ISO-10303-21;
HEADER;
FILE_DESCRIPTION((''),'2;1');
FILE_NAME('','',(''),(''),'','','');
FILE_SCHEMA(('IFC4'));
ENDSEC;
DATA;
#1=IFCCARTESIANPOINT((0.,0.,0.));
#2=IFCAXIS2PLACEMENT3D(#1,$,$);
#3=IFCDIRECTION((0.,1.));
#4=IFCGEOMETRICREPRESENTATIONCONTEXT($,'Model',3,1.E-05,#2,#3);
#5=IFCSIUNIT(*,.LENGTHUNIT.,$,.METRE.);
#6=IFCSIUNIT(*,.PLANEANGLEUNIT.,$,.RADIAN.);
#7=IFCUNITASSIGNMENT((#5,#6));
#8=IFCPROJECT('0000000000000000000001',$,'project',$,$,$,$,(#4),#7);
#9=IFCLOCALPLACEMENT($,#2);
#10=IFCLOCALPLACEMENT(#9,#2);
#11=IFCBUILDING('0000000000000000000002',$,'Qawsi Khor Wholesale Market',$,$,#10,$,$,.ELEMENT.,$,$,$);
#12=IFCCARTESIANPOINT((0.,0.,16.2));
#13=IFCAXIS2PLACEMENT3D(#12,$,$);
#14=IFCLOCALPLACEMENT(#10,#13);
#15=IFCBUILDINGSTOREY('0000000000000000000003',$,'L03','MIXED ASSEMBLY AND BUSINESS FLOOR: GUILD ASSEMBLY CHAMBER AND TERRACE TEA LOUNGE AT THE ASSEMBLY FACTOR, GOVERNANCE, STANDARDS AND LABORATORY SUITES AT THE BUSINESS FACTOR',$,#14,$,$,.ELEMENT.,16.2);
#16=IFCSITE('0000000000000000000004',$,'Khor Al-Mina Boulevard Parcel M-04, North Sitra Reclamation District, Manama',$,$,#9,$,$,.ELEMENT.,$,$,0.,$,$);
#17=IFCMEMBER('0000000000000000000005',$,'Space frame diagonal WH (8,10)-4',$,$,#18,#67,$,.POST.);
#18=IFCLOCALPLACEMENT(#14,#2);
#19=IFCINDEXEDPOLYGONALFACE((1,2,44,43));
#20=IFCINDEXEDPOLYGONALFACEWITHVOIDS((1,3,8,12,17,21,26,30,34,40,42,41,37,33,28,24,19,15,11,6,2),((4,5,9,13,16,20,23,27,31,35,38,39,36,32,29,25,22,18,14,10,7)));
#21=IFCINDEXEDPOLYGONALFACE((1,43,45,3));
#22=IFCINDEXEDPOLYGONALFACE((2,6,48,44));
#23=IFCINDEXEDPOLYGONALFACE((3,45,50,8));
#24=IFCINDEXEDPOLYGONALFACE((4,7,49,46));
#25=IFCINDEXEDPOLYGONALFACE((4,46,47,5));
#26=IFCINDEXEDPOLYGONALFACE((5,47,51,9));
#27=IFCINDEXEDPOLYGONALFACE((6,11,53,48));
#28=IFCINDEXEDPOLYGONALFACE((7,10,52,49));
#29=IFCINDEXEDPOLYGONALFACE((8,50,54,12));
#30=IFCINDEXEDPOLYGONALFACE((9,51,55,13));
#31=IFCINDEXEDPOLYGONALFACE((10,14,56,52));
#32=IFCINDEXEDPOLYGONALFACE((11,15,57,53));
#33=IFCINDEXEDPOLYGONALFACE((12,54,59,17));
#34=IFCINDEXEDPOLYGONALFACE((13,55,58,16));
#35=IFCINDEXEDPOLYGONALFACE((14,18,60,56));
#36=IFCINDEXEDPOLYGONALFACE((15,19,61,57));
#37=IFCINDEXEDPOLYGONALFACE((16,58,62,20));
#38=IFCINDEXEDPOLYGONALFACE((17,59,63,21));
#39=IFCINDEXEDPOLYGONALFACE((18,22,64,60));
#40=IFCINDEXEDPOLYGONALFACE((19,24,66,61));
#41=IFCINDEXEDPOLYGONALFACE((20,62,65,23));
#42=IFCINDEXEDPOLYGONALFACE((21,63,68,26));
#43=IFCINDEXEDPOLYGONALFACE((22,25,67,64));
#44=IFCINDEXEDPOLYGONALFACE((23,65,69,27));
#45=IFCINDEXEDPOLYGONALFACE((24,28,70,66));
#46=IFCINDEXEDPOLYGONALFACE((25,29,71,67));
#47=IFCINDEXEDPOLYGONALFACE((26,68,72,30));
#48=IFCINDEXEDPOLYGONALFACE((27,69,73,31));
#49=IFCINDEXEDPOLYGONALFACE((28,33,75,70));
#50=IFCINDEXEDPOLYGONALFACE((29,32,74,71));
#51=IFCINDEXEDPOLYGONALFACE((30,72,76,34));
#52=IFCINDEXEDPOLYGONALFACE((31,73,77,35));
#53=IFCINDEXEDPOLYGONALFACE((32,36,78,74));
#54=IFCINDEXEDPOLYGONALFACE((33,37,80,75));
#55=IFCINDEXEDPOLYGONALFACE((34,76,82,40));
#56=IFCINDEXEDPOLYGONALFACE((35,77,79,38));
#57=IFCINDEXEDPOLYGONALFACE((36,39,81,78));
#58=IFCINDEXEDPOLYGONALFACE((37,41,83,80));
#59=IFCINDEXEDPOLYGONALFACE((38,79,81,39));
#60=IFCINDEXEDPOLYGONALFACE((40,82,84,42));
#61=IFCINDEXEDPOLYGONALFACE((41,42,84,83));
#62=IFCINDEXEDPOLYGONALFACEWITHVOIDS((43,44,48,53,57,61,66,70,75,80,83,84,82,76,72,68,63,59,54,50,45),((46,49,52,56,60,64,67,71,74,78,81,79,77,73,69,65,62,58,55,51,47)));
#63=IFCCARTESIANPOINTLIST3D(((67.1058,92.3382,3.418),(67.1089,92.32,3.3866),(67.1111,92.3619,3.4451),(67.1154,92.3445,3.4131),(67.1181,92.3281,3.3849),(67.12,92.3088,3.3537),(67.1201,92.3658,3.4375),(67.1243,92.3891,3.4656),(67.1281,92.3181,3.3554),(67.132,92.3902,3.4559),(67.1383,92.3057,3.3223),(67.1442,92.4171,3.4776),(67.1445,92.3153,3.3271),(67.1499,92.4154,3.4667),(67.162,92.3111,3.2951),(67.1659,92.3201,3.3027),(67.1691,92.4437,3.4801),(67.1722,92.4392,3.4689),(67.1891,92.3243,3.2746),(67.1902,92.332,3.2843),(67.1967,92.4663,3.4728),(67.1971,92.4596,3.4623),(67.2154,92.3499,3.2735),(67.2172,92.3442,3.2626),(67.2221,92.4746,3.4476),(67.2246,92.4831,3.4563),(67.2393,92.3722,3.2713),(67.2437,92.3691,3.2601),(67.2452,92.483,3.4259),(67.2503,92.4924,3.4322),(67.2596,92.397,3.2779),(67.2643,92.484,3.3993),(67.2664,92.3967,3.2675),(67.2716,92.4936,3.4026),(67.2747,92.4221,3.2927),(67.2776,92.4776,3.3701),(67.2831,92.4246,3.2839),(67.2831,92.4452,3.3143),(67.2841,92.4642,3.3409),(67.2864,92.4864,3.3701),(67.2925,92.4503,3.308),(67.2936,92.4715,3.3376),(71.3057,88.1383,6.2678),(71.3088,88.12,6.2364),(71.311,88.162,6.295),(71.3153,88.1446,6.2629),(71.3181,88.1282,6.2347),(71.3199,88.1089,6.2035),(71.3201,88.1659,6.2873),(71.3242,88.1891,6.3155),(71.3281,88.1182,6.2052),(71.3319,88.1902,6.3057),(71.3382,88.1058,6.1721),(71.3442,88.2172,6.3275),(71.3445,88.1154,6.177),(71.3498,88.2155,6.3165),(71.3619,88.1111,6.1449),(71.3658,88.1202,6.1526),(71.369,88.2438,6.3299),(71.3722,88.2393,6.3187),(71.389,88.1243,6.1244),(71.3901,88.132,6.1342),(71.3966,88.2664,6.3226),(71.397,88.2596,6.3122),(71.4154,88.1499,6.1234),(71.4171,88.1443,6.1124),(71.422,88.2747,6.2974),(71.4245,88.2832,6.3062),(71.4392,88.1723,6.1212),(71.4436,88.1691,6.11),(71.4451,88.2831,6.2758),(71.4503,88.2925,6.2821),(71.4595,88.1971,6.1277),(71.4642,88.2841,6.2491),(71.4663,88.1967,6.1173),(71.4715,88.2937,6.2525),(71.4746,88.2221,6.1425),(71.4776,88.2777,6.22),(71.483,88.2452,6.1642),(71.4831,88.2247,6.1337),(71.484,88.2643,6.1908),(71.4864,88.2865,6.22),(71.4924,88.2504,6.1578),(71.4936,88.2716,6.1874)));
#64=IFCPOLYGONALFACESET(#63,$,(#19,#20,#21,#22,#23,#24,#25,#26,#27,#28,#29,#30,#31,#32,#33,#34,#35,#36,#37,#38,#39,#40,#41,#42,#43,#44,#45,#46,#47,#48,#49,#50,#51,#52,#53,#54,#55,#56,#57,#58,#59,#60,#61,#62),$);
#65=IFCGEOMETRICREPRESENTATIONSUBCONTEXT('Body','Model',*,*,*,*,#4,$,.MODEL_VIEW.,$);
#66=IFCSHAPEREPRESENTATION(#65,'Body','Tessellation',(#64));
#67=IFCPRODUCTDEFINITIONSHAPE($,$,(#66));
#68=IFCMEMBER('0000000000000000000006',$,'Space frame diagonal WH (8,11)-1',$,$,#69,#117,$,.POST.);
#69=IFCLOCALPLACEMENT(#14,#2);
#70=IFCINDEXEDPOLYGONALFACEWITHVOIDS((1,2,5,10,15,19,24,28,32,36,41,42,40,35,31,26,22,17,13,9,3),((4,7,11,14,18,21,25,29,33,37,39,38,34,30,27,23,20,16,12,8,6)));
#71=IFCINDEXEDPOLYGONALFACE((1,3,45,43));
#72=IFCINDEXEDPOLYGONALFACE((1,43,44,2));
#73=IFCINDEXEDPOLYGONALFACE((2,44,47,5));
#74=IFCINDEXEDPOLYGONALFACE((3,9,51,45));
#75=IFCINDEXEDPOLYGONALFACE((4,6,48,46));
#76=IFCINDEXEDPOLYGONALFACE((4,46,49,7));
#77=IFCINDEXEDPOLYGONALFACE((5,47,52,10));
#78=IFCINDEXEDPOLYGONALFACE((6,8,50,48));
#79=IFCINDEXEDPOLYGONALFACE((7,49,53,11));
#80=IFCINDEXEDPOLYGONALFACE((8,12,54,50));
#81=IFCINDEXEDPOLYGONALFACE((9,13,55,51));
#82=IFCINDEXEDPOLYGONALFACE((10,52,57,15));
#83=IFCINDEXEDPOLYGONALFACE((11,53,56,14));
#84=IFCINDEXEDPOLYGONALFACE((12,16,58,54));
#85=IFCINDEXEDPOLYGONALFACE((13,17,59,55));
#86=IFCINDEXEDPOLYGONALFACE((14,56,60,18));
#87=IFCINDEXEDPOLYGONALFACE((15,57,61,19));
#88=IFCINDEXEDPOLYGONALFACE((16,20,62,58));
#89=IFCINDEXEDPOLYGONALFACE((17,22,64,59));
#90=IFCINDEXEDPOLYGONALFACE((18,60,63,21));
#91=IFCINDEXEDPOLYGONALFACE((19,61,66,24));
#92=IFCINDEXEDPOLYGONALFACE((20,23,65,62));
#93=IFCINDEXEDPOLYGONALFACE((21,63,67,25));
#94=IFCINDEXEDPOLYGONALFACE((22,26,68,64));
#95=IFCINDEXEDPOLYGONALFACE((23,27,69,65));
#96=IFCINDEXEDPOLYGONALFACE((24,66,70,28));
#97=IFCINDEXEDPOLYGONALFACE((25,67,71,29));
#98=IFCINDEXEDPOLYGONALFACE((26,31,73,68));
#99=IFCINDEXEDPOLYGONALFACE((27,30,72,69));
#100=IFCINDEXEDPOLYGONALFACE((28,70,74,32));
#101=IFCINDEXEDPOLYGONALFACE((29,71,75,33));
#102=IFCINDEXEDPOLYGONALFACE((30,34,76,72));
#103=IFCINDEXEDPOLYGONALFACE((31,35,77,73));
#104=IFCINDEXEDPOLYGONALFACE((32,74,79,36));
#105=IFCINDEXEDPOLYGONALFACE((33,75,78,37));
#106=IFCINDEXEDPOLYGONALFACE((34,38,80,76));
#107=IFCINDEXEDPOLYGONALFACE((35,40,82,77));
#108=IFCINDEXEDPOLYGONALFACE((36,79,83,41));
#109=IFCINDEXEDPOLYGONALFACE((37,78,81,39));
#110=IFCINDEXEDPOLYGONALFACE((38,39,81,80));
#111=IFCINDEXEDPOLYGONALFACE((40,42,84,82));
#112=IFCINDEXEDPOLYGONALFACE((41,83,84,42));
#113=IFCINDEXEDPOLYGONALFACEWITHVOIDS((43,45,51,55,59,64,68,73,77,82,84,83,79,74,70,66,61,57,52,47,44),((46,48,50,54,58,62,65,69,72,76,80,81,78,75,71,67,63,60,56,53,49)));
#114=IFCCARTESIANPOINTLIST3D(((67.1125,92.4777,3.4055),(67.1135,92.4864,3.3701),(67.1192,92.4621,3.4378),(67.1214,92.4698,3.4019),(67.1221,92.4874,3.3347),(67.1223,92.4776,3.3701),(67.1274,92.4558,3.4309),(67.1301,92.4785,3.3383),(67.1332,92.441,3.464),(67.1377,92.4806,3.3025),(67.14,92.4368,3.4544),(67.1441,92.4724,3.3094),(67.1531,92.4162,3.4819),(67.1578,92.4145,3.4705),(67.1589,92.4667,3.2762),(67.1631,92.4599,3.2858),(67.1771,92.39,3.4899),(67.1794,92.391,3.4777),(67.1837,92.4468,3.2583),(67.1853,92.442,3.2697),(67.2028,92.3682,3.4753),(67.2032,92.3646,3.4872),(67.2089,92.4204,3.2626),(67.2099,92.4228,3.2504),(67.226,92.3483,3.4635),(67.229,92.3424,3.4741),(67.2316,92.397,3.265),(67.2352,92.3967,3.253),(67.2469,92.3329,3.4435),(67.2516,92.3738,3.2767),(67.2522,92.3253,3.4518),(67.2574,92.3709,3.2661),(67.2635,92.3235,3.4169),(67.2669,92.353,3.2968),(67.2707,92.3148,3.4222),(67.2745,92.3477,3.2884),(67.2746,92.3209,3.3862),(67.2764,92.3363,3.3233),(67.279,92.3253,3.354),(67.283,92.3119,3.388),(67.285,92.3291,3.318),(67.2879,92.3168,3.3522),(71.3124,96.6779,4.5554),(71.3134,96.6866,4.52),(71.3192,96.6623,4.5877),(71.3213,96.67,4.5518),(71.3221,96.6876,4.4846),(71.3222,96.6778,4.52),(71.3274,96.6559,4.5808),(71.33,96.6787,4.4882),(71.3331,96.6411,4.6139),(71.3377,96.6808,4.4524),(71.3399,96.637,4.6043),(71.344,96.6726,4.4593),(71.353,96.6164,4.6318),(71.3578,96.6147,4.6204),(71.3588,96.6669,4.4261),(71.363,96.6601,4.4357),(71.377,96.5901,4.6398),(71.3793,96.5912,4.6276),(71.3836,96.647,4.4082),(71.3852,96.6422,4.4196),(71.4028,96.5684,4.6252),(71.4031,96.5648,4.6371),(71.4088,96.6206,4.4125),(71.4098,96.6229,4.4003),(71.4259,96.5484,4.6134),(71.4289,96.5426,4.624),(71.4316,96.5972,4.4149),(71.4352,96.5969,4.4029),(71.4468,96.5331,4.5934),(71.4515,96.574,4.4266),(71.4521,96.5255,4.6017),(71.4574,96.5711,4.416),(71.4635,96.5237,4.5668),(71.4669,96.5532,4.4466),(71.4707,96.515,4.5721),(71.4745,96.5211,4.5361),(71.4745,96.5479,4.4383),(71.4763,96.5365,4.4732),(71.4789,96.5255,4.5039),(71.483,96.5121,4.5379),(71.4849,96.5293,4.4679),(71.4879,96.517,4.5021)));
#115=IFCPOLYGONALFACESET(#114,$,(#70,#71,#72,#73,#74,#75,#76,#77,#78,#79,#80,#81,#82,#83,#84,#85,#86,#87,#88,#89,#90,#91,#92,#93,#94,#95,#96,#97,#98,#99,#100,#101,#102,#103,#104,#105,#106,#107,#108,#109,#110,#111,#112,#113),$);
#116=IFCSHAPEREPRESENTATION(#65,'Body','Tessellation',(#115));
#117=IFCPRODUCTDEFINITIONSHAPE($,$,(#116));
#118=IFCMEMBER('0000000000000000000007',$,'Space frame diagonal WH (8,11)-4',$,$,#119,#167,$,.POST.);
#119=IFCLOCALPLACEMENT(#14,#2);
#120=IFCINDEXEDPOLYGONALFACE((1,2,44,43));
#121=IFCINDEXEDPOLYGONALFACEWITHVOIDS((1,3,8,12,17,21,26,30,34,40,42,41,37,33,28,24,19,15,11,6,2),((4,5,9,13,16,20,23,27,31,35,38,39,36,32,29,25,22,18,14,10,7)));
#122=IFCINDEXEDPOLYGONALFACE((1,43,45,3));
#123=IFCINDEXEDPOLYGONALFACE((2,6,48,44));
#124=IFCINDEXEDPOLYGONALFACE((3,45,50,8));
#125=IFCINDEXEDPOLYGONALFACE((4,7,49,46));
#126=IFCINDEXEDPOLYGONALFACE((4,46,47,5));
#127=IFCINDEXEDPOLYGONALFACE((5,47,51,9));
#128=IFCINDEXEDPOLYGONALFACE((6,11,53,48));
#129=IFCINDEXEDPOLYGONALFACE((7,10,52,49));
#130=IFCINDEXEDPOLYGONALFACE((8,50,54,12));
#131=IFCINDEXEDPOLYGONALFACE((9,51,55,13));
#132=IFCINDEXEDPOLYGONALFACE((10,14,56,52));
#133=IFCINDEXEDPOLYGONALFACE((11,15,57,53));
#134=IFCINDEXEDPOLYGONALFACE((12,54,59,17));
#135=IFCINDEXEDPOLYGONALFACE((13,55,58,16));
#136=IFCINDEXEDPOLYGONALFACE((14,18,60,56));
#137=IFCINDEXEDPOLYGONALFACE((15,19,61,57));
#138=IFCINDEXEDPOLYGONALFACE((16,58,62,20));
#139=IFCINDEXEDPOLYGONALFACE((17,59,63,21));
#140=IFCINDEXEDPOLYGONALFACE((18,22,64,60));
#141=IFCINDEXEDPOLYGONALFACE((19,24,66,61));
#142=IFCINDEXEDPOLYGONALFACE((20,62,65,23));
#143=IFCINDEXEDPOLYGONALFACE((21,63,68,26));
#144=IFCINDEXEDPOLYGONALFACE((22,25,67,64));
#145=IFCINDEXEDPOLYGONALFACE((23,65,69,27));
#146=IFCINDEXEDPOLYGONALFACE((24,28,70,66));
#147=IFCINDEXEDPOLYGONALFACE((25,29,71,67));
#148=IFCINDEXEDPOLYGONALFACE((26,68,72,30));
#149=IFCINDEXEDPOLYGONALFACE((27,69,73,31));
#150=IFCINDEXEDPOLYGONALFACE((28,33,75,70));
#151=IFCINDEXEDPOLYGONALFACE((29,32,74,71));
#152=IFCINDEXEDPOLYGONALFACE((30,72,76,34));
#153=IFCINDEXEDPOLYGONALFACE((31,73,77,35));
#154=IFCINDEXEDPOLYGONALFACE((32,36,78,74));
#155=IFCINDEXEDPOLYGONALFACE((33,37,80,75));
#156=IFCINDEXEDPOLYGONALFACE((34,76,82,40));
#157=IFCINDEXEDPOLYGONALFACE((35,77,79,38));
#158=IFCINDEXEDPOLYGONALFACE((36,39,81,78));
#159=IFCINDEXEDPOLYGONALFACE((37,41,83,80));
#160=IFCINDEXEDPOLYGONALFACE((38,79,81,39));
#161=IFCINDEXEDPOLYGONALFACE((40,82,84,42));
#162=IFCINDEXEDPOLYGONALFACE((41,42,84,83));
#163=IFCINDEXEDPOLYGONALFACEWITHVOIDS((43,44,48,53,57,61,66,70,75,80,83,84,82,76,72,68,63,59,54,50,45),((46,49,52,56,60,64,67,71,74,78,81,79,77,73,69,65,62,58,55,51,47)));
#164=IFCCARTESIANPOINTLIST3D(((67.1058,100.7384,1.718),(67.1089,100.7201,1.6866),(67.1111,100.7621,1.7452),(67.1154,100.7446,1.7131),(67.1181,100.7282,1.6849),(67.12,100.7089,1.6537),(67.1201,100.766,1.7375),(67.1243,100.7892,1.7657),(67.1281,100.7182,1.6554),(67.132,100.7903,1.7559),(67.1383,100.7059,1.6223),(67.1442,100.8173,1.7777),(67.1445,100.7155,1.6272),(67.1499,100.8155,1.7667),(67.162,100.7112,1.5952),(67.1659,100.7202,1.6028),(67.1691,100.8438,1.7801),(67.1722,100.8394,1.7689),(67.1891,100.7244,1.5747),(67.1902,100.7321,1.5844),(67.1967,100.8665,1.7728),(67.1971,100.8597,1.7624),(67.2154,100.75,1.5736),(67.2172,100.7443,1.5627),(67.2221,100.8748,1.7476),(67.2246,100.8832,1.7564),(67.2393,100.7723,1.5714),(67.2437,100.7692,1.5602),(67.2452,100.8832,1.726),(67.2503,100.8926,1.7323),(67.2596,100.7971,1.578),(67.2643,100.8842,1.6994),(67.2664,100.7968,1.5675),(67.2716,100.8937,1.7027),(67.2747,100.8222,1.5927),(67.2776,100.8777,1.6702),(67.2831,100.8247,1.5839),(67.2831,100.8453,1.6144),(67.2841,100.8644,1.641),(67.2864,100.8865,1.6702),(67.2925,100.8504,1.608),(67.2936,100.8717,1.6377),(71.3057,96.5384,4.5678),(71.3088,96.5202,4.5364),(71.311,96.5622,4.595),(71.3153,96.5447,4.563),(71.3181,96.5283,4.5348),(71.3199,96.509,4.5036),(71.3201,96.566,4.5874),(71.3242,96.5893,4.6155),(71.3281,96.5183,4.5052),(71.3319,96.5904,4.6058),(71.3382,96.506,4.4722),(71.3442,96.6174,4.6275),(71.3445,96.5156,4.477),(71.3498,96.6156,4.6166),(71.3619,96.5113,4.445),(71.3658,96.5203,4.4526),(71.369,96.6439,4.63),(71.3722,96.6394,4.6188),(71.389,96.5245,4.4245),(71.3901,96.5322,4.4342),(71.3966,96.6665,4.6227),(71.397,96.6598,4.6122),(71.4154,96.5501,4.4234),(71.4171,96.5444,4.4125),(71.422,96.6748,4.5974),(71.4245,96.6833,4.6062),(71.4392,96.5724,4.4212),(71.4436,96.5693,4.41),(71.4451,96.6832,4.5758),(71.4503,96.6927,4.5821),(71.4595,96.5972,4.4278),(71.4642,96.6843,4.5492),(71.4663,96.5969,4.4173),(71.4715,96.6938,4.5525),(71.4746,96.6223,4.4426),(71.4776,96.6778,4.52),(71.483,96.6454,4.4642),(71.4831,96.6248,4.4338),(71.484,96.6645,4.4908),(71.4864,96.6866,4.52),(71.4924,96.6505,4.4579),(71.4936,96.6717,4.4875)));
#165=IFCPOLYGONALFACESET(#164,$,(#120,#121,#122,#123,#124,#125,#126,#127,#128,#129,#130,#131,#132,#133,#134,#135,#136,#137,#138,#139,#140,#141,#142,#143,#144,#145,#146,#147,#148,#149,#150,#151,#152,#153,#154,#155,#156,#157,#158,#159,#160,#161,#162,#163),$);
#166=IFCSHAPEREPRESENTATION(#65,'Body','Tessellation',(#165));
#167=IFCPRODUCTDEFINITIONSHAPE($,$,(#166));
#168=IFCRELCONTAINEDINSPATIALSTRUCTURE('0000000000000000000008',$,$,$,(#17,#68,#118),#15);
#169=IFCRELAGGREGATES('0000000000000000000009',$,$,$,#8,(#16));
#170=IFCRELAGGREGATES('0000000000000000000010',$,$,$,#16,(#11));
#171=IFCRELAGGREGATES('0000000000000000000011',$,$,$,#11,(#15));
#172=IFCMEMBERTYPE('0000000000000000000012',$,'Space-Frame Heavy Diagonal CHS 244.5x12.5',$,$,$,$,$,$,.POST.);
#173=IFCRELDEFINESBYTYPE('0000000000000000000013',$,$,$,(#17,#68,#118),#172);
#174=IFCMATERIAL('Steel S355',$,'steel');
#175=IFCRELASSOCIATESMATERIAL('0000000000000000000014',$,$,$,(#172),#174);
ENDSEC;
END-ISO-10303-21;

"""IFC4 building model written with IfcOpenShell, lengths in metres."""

from ifc_helpers import new_model, si_unit, direction, frame, origin, origin_2d, place, context, subcontext, project, spatial, hollow_circle, extrude, material, material_profile, profile_set, type_object, element, save


model = new_model("IFC4")

# Units and contexts
model_context = context("Model", 3, precision=1e-05, world=origin(), true_north=direction((0.0, 1.0)))
body_context = subcontext(model_context, "Body", "Model", "MODEL_VIEW")
ifc_project = project(units=[si_unit("LENGTHUNIT", "METRE"), si_unit("PLANEANGLEUNIT", "RADIAN")], contexts=[model_context])

# Site, building, storey
site_placement = place(None, origin())
site = spatial("IfcSite", under=ifc_project, at=site_placement, Name="Khor Al-Mina Boulevard Parcel M-04, North Sitra Reclamation District, Manama", CompositionType="ELEMENT", RefElevation=0.0)
building_placement = place(site_placement, origin())
building = spatial("IfcBuilding", under=site, at=building_placement, Name="Qawsi Khor Wholesale Market", CompositionType="ELEMENT")
storey_placement = place(building_placement, frame((0.0, 0.0, 16.2)))
storey = spatial("IfcBuildingStorey", under=building, at=storey_placement, Name="L03", Description="MIXED ASSEMBLY AND BUSINESS FLOOR: GUILD ASSEMBLY CHAMBER AND TERRACE TEA LOUNGE AT THE ASSEMBLY FACTOR, GOVERNANCE, STANDARDS AND LABORATORY SUITES AT THE BUSINESS FACTOR", CompositionType="ELEMENT", Elevation=16.2)

# Members
ifc_material_1 = material(Name="Steel S355", Category="steel")
ifc_material_profile_1 = material_profile(ifc_material_1, hollow_circle(Radius=0.1223, WallThickness=0.0125, at=origin_2d()), Name="CHS 244.5x12.5")
ifc_profile_set_1 = profile_set([ifc_material_profile_1], Name="Steel S355")
member_type_1 = type_object("IfcMemberType", Name="Space-Frame Heavy Diagonal CHS 244.5x12.5", PredefinedType="POST", material=ifc_profile_set_1)
member_1_placement = place(storey_placement, frame((67.2, 92.3999, 3.3701), z_axis=(0.637522, -0.637522, 0.432587), x_axis=(0.707107, 0.707107, 0.0)))
element("IfcMember", 1, at=member_1_placement, inside=storey, type_object=member_type_1, Name="Space frame diagonal WH (8,10)-4", PredefinedType="POST", context=body_context, shape_type="SweptSolid", body=[
    extrude(hollow_circle(Radius=0.1223, WallThickness=0.0125, at=origin_2d()), origin(), (0.0, 0.0, 1.0), 6.5879),
])
member_2_placement = place(storey_placement, frame((67.2, 92.3999, 3.3701), z_axis=(0.694197, 0.694238, 0.190064), x_axis=(-0.707127, 0.707086, 0.0)))
element("IfcMember", 2, at=member_2_placement, inside=storey, type_object=member_type_1, Name="Space frame diagonal WH (8,11)-1", PredefinedType="POST", context=body_context, shape_type="SweptSolid", body=[
    extrude(hollow_circle(Radius=0.1223, WallThickness=0.0125, at=origin_2d()), origin(), (0.0, 0.0, 1.0), 6.05),
])
member_3_placement = place(storey_placement, frame((67.2, 100.8, 1.6702), z_axis=(0.637522, -0.637522, 0.432587), x_axis=(0.707107, 0.707107, 0.0)))
element("IfcMember", 3, at=member_3_placement, inside=storey, type_object=member_type_1, Name="Space frame diagonal WH (8,11)-4", PredefinedType="POST", context=body_context, shape_type="SweptSolid", body=[
    extrude(hollow_circle(Radius=0.1223, WallThickness=0.0125, at=origin_2d()), origin(), (0.0, 0.0, 1.0), 6.5879),
])

save(model, "model.ifc")
